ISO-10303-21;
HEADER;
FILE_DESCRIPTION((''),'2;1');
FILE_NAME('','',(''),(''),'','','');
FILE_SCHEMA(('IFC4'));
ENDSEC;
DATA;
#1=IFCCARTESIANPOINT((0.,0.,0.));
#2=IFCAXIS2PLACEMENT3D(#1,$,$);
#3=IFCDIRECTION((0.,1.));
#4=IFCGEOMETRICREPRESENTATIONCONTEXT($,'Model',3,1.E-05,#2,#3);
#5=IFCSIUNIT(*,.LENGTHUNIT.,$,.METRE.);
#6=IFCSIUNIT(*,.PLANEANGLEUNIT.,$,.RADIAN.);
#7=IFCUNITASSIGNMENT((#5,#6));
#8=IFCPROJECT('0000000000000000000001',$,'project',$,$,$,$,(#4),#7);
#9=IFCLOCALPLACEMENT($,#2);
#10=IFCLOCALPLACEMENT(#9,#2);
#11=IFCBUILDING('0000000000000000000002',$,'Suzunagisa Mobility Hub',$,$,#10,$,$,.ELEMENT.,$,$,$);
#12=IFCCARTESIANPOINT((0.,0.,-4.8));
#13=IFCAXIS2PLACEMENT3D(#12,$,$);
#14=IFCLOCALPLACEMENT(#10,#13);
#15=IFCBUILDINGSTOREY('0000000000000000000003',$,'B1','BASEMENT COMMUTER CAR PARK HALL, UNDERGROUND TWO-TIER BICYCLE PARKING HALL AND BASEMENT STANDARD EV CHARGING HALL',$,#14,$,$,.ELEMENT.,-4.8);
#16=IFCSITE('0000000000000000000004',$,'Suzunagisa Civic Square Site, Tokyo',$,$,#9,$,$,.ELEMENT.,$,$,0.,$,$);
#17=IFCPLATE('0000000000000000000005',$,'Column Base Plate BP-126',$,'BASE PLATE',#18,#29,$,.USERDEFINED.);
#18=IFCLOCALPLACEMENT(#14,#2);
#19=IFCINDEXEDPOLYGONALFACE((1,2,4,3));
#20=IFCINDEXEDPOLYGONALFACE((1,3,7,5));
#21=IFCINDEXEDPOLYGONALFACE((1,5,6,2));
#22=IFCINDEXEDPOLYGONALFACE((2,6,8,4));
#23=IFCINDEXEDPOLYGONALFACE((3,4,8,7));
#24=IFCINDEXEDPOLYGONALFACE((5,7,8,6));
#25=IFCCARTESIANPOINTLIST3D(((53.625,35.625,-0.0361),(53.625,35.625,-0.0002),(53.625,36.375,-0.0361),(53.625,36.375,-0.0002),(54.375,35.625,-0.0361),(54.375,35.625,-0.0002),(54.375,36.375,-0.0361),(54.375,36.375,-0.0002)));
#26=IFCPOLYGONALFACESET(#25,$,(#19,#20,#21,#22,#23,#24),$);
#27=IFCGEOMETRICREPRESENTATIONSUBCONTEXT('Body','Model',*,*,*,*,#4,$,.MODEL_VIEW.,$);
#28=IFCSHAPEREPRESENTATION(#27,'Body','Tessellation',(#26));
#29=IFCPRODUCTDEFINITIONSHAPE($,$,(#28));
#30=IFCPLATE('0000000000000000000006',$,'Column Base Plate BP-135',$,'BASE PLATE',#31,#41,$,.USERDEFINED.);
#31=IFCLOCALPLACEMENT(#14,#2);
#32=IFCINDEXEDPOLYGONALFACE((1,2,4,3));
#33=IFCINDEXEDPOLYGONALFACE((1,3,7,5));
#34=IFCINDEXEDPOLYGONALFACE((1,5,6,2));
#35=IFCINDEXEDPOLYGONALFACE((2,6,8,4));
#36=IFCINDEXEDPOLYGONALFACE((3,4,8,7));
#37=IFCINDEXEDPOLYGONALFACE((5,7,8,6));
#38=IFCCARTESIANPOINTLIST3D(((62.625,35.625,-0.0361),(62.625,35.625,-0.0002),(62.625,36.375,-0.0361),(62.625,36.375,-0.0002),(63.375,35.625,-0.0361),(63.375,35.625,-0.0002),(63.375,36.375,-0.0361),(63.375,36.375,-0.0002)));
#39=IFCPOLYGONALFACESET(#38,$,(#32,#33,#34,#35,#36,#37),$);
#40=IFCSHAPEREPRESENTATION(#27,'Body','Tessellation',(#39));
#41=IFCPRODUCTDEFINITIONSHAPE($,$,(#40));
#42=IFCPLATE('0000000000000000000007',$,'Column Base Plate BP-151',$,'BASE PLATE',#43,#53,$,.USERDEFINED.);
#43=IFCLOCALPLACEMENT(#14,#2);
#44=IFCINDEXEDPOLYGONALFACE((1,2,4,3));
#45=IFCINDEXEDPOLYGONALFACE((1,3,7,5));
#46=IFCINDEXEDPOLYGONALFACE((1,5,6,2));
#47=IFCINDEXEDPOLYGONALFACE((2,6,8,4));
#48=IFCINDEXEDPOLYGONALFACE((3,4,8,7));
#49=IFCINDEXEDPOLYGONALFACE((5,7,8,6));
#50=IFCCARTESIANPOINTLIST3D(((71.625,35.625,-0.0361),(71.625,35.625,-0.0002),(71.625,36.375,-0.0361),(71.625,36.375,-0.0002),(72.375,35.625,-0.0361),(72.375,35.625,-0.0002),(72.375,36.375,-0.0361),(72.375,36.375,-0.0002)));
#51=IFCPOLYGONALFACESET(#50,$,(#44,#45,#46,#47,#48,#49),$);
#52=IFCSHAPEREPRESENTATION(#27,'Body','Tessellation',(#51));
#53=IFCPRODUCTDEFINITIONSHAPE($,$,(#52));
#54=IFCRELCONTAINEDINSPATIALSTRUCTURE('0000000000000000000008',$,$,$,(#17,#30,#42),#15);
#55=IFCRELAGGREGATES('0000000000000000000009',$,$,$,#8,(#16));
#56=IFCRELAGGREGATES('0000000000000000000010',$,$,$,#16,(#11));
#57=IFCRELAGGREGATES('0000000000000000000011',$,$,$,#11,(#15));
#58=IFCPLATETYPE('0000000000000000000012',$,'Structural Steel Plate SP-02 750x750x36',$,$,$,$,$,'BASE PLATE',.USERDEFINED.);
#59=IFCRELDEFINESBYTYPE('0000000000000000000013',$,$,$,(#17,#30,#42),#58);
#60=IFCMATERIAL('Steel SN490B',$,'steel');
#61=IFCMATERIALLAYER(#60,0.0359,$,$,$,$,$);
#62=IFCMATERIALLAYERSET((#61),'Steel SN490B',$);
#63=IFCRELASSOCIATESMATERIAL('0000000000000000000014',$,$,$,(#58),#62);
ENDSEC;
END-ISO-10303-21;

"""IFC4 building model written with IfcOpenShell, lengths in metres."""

from ifc_helpers import new_model, si_unit, direction, frame, origin, origin_2d, place, context, subcontext, project, spatial, rectangle, extrude, material, layer, layer_set, type_object, element, save


model = new_model("IFC4")

# Units and contexts
model_context = context("Model", 3, precision=1e-05, world=origin(), true_north=direction((0.0, 1.0)))
body_context = subcontext(model_context, "Body", "Model", "MODEL_VIEW")
ifc_project = project(units=[si_unit("LENGTHUNIT", "METRE"), si_unit("PLANEANGLEUNIT", "RADIAN")], contexts=[model_context])

# Site, building, storey
site_placement = place(None, origin())
site = spatial("IfcSite", under=ifc_project, at=site_placement, Name="Suzunagisa Civic Square Site, Tokyo", CompositionType="ELEMENT", RefElevation=0.0)
building_placement = place(site_placement, origin())
building = spatial("IfcBuilding", under=site, at=building_placement, Name="Suzunagisa Mobility Hub", CompositionType="ELEMENT")
storey_placement = place(building_placement, frame((0.0, 0.0, -4.8)))
storey = spatial("IfcBuildingStorey", under=building, at=storey_placement, Name="B1", Description="BASEMENT COMMUTER CAR PARK HALL, UNDERGROUND TWO-TIER BICYCLE PARKING HALL AND BASEMENT STANDARD EV CHARGING HALL", CompositionType="ELEMENT", Elevation=-4.8)

# Shared definitions
ifc_material_1 = material(Name="Steel SN490B", Category="steel")

# Plates
ifc_layer = layer(ifc_material_1, 0.0359)
ifc_layer_set = layer_set([ifc_layer], Name="Steel SN490B")
plate_type = type_object("IfcPlateType", Name="Structural Steel Plate SP-02 750x750x36", ElementType="BASE PLATE", PredefinedType="USERDEFINED", material=ifc_layer_set)
for number, where, z_axis, x_axis, name in (
    (1, (54.0, 36.0, -0.0361), (0.0, 0.0, 1.0), (1.0, 0.0, 0.0), "Column Base Plate BP-126"),
    (2, (63.0, 36.0, -0.0361), (0.0, 0.0, 1.0), (1.0, 0.0, 0.0), "Column Base Plate BP-135"),
    (3, (72.0, 36.0, -0.0361), (0.0, 0.0, 1.0), (1.0, 0.0, 0.0), "Column Base Plate BP-151"),
):
    element("IfcPlate", number, at=place(storey_placement, frame(where, z_axis=z_axis, x_axis=x_axis)), inside=storey, type_object=plate_type, Name=name, ObjectType="BASE PLATE", PredefinedType="USERDEFINED", context=body_context, shape_type="SweptSolid", body=[
        extrude(rectangle(XDim=0.75, YDim=0.75, at=origin_2d()), origin(), (0.0, 0.0, 1.0), 0.0359),
    ])

save(model, "model.ifc")
